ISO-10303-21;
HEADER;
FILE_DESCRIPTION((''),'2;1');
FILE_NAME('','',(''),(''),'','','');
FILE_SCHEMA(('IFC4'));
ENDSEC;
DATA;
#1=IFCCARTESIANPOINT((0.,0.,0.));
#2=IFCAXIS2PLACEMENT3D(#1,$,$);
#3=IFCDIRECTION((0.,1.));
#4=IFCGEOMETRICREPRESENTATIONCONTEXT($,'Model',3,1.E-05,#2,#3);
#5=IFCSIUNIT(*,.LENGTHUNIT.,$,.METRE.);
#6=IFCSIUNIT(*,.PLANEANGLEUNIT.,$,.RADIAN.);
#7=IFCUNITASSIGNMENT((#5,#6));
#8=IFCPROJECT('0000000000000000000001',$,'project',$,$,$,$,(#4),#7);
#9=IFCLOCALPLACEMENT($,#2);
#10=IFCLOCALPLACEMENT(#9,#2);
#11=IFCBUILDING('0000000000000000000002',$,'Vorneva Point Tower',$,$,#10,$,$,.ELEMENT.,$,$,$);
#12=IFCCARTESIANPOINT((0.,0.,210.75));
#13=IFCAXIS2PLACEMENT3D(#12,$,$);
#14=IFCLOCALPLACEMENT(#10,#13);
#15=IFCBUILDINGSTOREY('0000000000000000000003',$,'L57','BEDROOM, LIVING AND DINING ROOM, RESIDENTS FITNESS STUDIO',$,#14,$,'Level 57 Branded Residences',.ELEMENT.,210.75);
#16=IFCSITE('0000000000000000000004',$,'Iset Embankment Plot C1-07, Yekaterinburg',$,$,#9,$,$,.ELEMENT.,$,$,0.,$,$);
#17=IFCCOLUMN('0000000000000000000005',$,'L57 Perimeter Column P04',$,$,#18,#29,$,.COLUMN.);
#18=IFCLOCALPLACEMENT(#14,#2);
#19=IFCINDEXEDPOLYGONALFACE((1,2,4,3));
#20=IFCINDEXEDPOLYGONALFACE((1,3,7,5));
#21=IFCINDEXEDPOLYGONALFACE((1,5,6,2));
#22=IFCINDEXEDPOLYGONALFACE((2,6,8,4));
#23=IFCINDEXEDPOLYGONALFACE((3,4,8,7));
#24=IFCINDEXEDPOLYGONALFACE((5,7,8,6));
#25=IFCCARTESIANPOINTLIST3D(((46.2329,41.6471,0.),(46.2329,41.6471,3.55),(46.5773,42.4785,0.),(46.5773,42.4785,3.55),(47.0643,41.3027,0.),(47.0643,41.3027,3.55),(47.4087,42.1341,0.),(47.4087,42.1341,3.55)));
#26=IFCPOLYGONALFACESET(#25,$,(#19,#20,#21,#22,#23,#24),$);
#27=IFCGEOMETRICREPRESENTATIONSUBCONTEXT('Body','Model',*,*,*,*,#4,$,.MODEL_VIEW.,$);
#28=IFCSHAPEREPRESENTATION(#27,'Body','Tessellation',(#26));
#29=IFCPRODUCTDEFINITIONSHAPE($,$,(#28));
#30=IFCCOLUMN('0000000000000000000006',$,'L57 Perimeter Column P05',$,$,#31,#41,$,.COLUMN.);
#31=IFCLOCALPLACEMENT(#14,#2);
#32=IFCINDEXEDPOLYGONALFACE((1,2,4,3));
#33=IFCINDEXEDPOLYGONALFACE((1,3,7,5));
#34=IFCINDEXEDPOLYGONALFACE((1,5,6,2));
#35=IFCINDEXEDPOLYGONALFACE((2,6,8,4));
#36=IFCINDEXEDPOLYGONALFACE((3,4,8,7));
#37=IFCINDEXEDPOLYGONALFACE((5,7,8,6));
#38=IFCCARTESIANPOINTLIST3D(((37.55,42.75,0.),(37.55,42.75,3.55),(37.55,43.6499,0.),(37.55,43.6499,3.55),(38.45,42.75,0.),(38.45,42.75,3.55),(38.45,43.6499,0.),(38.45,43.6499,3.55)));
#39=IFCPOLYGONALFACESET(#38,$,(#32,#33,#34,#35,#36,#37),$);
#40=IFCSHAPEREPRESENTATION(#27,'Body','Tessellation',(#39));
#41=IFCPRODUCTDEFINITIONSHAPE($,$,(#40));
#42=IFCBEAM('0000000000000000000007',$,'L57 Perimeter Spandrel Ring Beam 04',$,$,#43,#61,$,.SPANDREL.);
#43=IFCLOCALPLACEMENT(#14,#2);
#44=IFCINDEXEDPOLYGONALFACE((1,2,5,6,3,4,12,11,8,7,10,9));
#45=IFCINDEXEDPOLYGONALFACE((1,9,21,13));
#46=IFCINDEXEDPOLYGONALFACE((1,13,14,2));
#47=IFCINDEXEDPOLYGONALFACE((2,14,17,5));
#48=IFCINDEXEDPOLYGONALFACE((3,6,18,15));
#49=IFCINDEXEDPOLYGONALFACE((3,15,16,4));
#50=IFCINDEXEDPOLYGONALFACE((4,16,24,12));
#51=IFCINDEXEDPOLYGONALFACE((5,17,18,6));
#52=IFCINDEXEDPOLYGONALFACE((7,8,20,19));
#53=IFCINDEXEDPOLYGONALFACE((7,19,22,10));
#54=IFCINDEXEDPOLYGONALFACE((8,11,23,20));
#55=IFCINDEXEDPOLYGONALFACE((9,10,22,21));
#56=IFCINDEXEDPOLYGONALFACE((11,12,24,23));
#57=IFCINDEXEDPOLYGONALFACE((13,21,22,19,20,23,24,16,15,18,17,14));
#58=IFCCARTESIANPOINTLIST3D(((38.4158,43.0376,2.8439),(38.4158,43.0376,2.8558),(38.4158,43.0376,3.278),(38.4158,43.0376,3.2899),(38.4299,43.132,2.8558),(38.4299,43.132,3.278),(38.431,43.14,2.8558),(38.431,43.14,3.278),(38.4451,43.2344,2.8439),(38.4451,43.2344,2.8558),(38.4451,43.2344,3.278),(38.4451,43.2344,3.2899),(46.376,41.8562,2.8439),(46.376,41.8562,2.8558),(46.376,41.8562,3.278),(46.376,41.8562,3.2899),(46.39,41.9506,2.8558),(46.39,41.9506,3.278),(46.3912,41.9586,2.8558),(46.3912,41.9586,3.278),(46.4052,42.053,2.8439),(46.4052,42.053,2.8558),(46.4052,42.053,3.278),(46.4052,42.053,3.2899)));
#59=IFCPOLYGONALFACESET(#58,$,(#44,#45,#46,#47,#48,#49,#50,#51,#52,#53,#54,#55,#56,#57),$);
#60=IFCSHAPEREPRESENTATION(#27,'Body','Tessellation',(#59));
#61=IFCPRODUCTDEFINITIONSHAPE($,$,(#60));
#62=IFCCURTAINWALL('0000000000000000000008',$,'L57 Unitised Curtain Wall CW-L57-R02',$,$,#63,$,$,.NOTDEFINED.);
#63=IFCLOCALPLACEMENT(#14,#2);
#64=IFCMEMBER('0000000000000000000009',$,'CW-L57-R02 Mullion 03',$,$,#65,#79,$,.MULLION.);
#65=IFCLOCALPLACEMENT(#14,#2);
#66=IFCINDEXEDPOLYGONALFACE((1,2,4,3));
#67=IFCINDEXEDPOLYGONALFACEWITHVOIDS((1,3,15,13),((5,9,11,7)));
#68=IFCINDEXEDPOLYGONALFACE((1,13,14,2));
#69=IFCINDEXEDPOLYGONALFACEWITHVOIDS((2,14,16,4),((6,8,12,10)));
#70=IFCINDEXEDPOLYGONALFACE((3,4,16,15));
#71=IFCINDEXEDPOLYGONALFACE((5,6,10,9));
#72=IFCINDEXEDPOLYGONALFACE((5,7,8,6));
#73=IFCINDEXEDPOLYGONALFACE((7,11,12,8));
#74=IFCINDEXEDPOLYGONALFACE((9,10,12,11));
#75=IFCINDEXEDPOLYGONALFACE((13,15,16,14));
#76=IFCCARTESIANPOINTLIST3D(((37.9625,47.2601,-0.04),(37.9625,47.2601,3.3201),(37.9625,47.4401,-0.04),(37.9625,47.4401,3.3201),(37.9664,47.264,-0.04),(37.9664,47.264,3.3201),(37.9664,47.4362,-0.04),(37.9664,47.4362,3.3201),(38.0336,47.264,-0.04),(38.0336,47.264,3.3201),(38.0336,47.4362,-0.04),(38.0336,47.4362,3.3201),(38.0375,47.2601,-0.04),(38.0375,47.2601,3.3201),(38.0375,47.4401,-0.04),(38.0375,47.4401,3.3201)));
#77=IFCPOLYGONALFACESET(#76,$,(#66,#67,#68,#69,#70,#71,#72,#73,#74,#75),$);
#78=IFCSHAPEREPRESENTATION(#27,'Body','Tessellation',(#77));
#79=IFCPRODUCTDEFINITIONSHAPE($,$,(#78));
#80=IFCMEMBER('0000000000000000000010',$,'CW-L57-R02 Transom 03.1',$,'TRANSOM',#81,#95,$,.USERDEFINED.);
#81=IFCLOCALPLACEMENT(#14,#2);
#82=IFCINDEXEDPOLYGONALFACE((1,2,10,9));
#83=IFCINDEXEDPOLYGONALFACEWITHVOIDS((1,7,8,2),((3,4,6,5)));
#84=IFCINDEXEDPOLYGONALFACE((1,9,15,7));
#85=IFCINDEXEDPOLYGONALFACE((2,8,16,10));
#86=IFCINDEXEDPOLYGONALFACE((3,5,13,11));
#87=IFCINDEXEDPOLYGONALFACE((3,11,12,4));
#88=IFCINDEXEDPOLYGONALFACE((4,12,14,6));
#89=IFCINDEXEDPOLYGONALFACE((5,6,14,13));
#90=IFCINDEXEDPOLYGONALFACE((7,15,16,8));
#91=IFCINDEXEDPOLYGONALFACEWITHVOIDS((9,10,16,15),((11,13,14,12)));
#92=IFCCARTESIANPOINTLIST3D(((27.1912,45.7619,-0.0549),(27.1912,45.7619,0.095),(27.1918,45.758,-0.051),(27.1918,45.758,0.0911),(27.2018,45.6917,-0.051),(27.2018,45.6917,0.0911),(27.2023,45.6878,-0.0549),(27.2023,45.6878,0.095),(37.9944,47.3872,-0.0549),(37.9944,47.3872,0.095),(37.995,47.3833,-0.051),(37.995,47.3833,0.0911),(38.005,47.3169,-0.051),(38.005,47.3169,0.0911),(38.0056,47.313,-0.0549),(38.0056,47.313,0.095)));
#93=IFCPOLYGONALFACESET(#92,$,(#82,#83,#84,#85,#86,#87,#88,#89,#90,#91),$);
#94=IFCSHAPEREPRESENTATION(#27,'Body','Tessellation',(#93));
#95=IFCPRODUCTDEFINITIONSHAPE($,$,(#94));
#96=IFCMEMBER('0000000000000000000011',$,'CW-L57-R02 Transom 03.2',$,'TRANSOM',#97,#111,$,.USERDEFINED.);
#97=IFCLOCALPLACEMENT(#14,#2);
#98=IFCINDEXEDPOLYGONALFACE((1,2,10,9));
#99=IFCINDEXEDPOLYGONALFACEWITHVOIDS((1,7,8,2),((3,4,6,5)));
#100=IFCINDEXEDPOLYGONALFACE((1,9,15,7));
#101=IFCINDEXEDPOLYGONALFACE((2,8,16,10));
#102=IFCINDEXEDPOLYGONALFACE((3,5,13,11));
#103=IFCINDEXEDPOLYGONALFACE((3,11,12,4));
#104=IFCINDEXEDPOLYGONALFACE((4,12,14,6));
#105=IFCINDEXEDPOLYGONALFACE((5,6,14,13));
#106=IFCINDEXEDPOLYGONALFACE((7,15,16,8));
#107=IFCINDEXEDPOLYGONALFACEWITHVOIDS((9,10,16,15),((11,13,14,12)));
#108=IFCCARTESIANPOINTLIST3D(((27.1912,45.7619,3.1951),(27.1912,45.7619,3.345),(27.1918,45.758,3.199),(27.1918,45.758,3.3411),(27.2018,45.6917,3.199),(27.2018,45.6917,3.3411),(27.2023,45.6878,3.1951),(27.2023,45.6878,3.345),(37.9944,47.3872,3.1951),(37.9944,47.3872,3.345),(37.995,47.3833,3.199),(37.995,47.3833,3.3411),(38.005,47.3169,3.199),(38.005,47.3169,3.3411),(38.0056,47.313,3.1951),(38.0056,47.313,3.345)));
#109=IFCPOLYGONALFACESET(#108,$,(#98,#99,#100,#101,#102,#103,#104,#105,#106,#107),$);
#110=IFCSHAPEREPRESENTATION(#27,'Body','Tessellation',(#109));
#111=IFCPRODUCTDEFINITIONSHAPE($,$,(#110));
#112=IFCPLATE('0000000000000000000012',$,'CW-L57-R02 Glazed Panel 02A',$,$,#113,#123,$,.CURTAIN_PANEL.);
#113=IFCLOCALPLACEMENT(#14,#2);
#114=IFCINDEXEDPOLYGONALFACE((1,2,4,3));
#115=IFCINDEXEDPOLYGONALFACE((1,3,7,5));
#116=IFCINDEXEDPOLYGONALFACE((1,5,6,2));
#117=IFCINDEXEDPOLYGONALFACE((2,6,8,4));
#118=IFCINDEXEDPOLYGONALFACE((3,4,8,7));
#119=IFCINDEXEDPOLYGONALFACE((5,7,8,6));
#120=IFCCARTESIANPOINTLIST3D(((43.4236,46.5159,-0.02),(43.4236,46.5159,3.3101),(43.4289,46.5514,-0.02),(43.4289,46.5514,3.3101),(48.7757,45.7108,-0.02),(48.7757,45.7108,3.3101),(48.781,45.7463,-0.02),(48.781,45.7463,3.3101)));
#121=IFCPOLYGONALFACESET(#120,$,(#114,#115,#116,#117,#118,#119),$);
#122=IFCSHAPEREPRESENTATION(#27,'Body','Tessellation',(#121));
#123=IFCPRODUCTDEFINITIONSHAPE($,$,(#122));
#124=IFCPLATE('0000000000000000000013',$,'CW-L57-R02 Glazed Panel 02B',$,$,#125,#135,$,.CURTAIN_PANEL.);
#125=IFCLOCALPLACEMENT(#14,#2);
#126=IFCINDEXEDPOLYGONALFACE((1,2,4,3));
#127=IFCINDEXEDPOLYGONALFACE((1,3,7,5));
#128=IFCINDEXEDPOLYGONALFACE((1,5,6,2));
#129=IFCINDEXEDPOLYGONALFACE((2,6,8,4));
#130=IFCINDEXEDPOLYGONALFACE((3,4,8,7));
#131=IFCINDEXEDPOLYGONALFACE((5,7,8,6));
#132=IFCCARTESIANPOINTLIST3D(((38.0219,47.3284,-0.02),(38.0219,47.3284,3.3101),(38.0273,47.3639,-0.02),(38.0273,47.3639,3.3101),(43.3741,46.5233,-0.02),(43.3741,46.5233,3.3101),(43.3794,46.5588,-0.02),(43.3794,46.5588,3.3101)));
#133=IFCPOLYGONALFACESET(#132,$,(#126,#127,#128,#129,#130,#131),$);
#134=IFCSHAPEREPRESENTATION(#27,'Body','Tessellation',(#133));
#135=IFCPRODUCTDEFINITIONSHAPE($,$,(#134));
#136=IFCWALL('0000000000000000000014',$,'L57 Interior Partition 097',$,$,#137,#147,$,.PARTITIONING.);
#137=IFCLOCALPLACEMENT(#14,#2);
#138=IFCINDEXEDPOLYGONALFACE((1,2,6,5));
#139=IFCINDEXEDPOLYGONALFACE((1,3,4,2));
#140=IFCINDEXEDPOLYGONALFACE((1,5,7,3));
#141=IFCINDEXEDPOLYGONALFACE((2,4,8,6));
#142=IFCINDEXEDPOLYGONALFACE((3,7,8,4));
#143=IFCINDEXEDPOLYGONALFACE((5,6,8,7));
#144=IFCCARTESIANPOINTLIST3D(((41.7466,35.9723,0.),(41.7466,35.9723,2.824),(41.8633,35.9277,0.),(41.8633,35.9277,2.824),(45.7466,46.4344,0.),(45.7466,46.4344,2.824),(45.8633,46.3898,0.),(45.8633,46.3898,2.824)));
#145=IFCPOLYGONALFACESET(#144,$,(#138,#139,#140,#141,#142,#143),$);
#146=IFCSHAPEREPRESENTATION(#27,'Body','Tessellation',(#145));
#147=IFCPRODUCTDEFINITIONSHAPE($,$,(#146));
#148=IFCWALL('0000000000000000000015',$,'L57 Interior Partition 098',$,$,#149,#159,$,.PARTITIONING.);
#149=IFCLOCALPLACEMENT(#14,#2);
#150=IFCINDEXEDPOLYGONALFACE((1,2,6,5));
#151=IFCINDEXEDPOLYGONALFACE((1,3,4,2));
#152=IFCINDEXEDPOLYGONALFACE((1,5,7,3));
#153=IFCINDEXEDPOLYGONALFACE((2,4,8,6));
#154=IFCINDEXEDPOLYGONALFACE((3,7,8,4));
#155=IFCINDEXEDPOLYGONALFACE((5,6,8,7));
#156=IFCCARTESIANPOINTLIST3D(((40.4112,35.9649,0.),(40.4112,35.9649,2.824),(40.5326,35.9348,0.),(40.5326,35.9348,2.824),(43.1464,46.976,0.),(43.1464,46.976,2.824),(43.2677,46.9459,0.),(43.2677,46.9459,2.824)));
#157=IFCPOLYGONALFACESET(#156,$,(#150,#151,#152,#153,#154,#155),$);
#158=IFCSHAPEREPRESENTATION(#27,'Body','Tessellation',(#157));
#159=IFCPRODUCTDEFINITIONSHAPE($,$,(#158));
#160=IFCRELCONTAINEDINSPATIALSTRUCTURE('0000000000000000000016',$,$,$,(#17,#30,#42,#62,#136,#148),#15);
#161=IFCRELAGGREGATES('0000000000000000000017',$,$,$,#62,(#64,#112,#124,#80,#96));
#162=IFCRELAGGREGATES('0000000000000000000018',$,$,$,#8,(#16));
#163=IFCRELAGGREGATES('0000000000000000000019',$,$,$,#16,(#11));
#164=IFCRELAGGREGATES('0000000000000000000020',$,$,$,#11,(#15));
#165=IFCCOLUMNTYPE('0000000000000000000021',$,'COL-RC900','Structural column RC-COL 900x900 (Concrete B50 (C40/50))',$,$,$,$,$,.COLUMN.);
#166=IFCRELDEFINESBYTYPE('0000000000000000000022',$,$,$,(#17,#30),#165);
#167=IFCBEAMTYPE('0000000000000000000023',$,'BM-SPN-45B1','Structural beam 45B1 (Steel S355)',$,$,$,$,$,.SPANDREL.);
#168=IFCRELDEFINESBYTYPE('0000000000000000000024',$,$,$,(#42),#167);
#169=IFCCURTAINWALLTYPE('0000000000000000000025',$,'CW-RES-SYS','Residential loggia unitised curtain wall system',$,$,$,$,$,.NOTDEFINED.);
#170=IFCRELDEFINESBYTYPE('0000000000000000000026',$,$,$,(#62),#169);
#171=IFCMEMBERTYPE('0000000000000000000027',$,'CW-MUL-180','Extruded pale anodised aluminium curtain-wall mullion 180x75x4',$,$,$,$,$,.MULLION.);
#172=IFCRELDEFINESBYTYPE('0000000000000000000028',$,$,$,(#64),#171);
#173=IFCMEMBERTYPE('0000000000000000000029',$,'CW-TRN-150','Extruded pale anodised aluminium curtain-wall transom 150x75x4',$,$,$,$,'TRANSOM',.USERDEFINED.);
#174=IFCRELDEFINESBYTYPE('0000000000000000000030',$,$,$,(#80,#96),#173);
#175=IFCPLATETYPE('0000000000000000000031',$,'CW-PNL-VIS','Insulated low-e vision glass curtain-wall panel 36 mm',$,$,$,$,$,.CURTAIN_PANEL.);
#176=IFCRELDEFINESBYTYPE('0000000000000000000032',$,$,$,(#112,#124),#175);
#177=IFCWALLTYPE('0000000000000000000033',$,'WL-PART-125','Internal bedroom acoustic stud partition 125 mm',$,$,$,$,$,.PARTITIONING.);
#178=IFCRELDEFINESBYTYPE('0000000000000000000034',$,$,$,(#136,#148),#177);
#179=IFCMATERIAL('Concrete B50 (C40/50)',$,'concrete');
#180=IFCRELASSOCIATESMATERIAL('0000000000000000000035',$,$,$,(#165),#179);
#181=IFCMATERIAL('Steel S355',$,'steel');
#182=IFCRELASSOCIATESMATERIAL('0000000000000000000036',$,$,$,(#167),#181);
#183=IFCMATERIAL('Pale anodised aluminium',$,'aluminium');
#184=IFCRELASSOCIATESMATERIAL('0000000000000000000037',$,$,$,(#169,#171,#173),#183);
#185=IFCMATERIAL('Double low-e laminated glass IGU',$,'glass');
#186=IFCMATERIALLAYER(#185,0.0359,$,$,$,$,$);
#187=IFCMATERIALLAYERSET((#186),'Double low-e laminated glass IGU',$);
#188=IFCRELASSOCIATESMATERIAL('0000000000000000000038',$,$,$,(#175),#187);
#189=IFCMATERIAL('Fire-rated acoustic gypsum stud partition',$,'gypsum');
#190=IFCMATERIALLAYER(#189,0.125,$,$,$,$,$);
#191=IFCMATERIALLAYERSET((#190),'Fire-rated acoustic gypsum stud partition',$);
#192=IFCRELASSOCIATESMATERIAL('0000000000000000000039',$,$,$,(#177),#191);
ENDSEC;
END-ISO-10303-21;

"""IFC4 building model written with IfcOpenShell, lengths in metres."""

from ifc_helpers import new_model, si_unit, direction, frame, frame_2d, origin, origin_2d, place, context, subcontext, project, spatial, rectangle, hollow_rectangle, i_section, extrude, material, layer, layer_set, material_profile, profile_set, type_object, element, aggregate, save


model = new_model("IFC4")

# Units and contexts
model_context = context("Model", 3, precision=1e-05, world=origin(), true_north=direction((0.0, 1.0)))
body_context = subcontext(model_context, "Body", "Model", "MODEL_VIEW")
ifc_project = project(units=[si_unit("LENGTHUNIT", "METRE"), si_unit("PLANEANGLEUNIT", "RADIAN")], contexts=[model_context])

# Site, building, storey
site_placement = place(None, origin())
site = spatial("IfcSite", under=ifc_project, at=site_placement, Name="Iset Embankment Plot C1-07, Yekaterinburg", CompositionType="ELEMENT", RefElevation=0.0)
building_placement = place(site_placement, origin())
building = spatial("IfcBuilding", under=site, at=building_placement, Name="Vorneva Point Tower", CompositionType="ELEMENT")
storey_placement = place(building_placement, frame((0.0, 0.0, 210.75)))
storey = spatial("IfcBuildingStorey", under=building, at=storey_placement, Name="L57", Description="BEDROOM, LIVING AND DINING ROOM, RESIDENTS FITNESS STUDIO", LongName="Level 57 Branded Residences", CompositionType="ELEMENT", Elevation=210.75)

# Columns
ifc_material_1 = material(Name="Concrete B50 (C40/50)", Category="concrete")
ifc_material_profile_1 = material_profile(ifc_material_1, rectangle(XDim=0.8999, YDim=0.8999, at=origin_2d()), Name="RC-COL 900x900")
ifc_profile_set_1 = profile_set([ifc_material_profile_1], Name="Concrete B50 (C40/50)")
column_type = type_object("IfcColumnType", Name="COL-RC900", Description="Structural column RC-COL 900x900 (Concrete B50 (C40/50))", PredefinedType="COLUMN", material=ifc_profile_set_1)
for number, where, z_axis, x_axis, name in (
    (1, (46.8208, 41.8906, 0.0), (0.0, 0.0, 1.0), (0.382683, 0.92388, 0.0), "L57 Perimeter Column P04"),
    (2, (38.0, 43.2, 0.0), (0.0, 0.0, 1.0), (0.0, 1.0, 0.0), "L57 Perimeter Column P05"),
):
    element("IfcColumn", number, at=place(storey_placement, frame(where, z_axis=z_axis, x_axis=x_axis)), inside=storey, type_object=column_type, Name=name, PredefinedType="COLUMN", context=body_context, shape_type="SweptSolid", body=[
        extrude(rectangle(XDim=0.8999, YDim=0.8999, at=origin_2d()), origin(), (0.0, 0.0, 1.0), 3.55),
    ])

# Beam
ifc_material_2 = material(Name="Steel S355", Category="steel")
ifc_material_profile_2 = material_profile(ifc_material_2, i_section(OverallWidth=0.199, OverallDepth=0.446, WebThickness=0.0081, FlangeThickness=0.012, at=origin_2d()), Name="45B1")
ifc_profile_set_2 = profile_set([ifc_material_profile_2], Name="Steel S355")
beam_type = type_object("IfcBeamType", Name="BM-SPN-45B1", Description="Structural beam 45B1 (Steel S355)", PredefinedType="SPANDREL", material=ifc_profile_set_2)
beam_placement = place(storey_placement, frame((46.3906, 41.9546, 3.0669), z_axis=(-0.989165, 0.146805, 0.0), x_axis=(-0.146805, -0.989165, 0.0)))
element("IfcBeam", 3, at=beam_placement, inside=storey, type_object=beam_type, Name="L57 Perimeter Spandrel Ring Beam 04", PredefinedType="SPANDREL", context=body_context, shape_type="SweptSolid", body=[
    extrude(i_section(OverallWidth=0.199, OverallDepth=0.446, WebThickness=0.0081, FlangeThickness=0.012, at=origin_2d()), origin(), (0.0, 0.0, 1.0), 8.0474),
])

# Curtain wall, members, plates
ifc_material_3 = material(Name="Pale anodised aluminium", Category="aluminium")
curtain_wall_type = type_object("IfcCurtainWallType", Name="CW-RES-SYS", Description="Residential loggia unitised curtain wall system", PredefinedType="NOTDEFINED", material=ifc_material_3)
curtain_wall_placement = place(storey_placement, origin())
curtain_wall = element("IfcCurtainWall", 4, at=curtain_wall_placement, inside=storey, type_object=curtain_wall_type, Name="L57 Unitised Curtain Wall CW-L57-R02", PredefinedType="NOTDEFINED")
ifc_material_profile_3 = material_profile(ifc_material_3, hollow_rectangle(XDim=0.075, YDim=0.1799, WallThickness=0.0039, at=origin_2d()), Name="AL-MUL 180x75x4")
ifc_profile_set_3 = profile_set([ifc_material_profile_3], Name="Pale anodised aluminium")
member_type_1 = type_object("IfcMemberType", Name="CW-MUL-180", Description="Extruded pale anodised aluminium curtain-wall mullion 180x75x4", PredefinedType="MULLION", material=ifc_profile_set_3)
member_1_placement = place(storey_placement, frame((38.0, 47.3501, -0.04), z_axis=(0.0, 0.0, 1.0), x_axis=(1.0, 0.0, 0.0)))
member_1 = element("IfcMember", 5, at=member_1_placement, type_object=member_type_1, Name="CW-L57-R02 Mullion 03", PredefinedType="MULLION", context=body_context, shape_type="SweptSolid", body=[
    extrude(hollow_rectangle(XDim=0.075, YDim=0.1799, WallThickness=0.0039, at=origin_2d()), origin(), (0.0, 0.0, 1.0), 3.3601),
])
ifc_material_profile_4 = material_profile(ifc_material_3, hollow_rectangle(XDim=0.075, YDim=0.1499, WallThickness=0.0039, at=origin_2d()), Name="AL-TRN 150x75x4")
ifc_profile_set_4 = profile_set([ifc_material_profile_4], Name="Pale anodised aluminium")
member_type_2 = type_object("IfcMemberType", Name="CW-TRN-150", Description="Extruded pale anodised aluminium curtain-wall transom 150x75x4", ElementType="TRANSOM", PredefinedType="USERDEFINED", material=ifc_profile_set_4)
member_2_placement = place(storey_placement, frame((38.0, 47.3501, 0.02), z_axis=(-0.988872, -0.148767, 0.0), x_axis=(0.148767, -0.988872, 0.0)))
member_2 = element("IfcMember", 6, at=member_2_placement, type_object=member_type_2, Name="CW-L57-R02 Transom 03.1", ObjectType="TRANSOM", PredefinedType="USERDEFINED", context=body_context, shape_type="SweptSolid", body=[
    extrude(hollow_rectangle(XDim=0.075, YDim=0.1499, WallThickness=0.0039, at=origin_2d()), origin(), (0.0, 0.0, 1.0), 10.9248),
])
member_3_placement = place(storey_placement, frame((38.0, 47.3501, 3.27), z_axis=(-0.988872, -0.148767, 0.0), x_axis=(0.148767, -0.988872, 0.0)))
member_3 = element("IfcMember", 7, at=member_3_placement, type_object=member_type_2, Name="CW-L57-R02 Transom 03.2", ObjectType="TRANSOM", PredefinedType="USERDEFINED", context=body_context, shape_type="SweptSolid", body=[
    extrude(hollow_rectangle(XDim=0.075, YDim=0.1499, WallThickness=0.0039, at=origin_2d()), origin(), (0.0, 0.0, 1.0), 10.9248),
])
ifc_material_4 = material(Name="Double low-e laminated glass IGU", Category="glass")
ifc_layer_1 = layer(ifc_material_4, 0.0359)
ifc_layer_set_1 = layer_set([ifc_layer_1], Name="Double low-e laminated glass IGU")
plate_type = type_object("IfcPlateType", Name="CW-PNL-VIS", Description="Insulated low-e vision glass curtain-wall panel 36 mm", PredefinedType="CURTAIN_PANEL", material=ifc_layer_set_1)
plate_1_placement = place(storey_placement, frame((46.1023, 46.1311, -0.02), z_axis=(0.0, 0.0, 1.0), x_axis=(-0.988874, 0.148759, 0.0)))
plate_1 = element("IfcPlate", 8, at=plate_1_placement, type_object=plate_type, Name="CW-L57-R02 Glazed Panel 02A", PredefinedType="CURTAIN_PANEL", context=body_context, shape_type="SweptSolid", body=[
    extrude(rectangle(XDim=5.4124, YDim=0.0359, at=origin_2d()), origin(), (0.0, 0.0, 1.0), 3.3301),
])
plate_2_placement = place(storey_placement, frame((40.7007, 46.9436, -0.02), z_axis=(0.0, 0.0, 1.0), x_axis=(-0.988874, 0.148759, 0.0)))
plate_2 = element("IfcPlate", 9, at=plate_2_placement, type_object=plate_type, Name="CW-L57-R02 Glazed Panel 02B", PredefinedType="CURTAIN_PANEL", context=body_context, shape_type="SweptSolid", body=[
    extrude(rectangle(XDim=5.4124, YDim=0.0359, at=origin_2d()), origin(), (0.0, 0.0, 1.0), 3.3301),
])
aggregate(curtain_wall, [member_1, plate_1, plate_2, member_2, member_3])

# Walls
ifc_material_5 = material(Name="Fire-rated acoustic gypsum stud partition", Category="gypsum")
ifc_layer_2 = layer(ifc_material_5, 0.125)
ifc_layer_set_2 = layer_set([ifc_layer_2], Name="Fire-rated acoustic gypsum stud partition")
wall_type_1 = type_object("IfcWallType", Name="WL-PART-125", Description="Internal bedroom acoustic stud partition 125 mm", PredefinedType="PARTITIONING", material=ifc_layer_set_2)
wall_1_placement = place(storey_placement, frame((45.8049, 46.4121, 0.0), z_axis=(0.0, 0.0, 1.0), x_axis=(-0.357119, -0.934059, 0.0)))
element("IfcWall", 10, at=wall_1_placement, inside=storey, type_object=wall_type_1, Name="L57 Interior Partition 097", PredefinedType="PARTITIONING", context=body_context, shape_type="SweptSolid", body=[
    extrude(rectangle(XDim=11.2007, YDim=0.125, at=frame_2d((5.6003, 0.0))), origin(), (0.0, 0.0, 1.0), 2.824),
])
wall_2_placement = place(storey_placement, frame((43.207, 46.9609, 0.0), z_axis=(0.0, 0.0, 1.0), x_axis=(-0.241072, -0.970507, 0.0)))
element("IfcWall", 11, at=wall_2_placement, inside=storey, type_object=wall_type_1, Name="L57 Interior Partition 098", PredefinedType="PARTITIONING", context=body_context, shape_type="SweptSolid", body=[
    extrude(rectangle(XDim=11.3457, YDim=0.125, at=frame_2d((5.6729, 0.0))), origin(), (0.0, 0.0, 1.0), 2.824),
])

save(model, "model.ifc")
